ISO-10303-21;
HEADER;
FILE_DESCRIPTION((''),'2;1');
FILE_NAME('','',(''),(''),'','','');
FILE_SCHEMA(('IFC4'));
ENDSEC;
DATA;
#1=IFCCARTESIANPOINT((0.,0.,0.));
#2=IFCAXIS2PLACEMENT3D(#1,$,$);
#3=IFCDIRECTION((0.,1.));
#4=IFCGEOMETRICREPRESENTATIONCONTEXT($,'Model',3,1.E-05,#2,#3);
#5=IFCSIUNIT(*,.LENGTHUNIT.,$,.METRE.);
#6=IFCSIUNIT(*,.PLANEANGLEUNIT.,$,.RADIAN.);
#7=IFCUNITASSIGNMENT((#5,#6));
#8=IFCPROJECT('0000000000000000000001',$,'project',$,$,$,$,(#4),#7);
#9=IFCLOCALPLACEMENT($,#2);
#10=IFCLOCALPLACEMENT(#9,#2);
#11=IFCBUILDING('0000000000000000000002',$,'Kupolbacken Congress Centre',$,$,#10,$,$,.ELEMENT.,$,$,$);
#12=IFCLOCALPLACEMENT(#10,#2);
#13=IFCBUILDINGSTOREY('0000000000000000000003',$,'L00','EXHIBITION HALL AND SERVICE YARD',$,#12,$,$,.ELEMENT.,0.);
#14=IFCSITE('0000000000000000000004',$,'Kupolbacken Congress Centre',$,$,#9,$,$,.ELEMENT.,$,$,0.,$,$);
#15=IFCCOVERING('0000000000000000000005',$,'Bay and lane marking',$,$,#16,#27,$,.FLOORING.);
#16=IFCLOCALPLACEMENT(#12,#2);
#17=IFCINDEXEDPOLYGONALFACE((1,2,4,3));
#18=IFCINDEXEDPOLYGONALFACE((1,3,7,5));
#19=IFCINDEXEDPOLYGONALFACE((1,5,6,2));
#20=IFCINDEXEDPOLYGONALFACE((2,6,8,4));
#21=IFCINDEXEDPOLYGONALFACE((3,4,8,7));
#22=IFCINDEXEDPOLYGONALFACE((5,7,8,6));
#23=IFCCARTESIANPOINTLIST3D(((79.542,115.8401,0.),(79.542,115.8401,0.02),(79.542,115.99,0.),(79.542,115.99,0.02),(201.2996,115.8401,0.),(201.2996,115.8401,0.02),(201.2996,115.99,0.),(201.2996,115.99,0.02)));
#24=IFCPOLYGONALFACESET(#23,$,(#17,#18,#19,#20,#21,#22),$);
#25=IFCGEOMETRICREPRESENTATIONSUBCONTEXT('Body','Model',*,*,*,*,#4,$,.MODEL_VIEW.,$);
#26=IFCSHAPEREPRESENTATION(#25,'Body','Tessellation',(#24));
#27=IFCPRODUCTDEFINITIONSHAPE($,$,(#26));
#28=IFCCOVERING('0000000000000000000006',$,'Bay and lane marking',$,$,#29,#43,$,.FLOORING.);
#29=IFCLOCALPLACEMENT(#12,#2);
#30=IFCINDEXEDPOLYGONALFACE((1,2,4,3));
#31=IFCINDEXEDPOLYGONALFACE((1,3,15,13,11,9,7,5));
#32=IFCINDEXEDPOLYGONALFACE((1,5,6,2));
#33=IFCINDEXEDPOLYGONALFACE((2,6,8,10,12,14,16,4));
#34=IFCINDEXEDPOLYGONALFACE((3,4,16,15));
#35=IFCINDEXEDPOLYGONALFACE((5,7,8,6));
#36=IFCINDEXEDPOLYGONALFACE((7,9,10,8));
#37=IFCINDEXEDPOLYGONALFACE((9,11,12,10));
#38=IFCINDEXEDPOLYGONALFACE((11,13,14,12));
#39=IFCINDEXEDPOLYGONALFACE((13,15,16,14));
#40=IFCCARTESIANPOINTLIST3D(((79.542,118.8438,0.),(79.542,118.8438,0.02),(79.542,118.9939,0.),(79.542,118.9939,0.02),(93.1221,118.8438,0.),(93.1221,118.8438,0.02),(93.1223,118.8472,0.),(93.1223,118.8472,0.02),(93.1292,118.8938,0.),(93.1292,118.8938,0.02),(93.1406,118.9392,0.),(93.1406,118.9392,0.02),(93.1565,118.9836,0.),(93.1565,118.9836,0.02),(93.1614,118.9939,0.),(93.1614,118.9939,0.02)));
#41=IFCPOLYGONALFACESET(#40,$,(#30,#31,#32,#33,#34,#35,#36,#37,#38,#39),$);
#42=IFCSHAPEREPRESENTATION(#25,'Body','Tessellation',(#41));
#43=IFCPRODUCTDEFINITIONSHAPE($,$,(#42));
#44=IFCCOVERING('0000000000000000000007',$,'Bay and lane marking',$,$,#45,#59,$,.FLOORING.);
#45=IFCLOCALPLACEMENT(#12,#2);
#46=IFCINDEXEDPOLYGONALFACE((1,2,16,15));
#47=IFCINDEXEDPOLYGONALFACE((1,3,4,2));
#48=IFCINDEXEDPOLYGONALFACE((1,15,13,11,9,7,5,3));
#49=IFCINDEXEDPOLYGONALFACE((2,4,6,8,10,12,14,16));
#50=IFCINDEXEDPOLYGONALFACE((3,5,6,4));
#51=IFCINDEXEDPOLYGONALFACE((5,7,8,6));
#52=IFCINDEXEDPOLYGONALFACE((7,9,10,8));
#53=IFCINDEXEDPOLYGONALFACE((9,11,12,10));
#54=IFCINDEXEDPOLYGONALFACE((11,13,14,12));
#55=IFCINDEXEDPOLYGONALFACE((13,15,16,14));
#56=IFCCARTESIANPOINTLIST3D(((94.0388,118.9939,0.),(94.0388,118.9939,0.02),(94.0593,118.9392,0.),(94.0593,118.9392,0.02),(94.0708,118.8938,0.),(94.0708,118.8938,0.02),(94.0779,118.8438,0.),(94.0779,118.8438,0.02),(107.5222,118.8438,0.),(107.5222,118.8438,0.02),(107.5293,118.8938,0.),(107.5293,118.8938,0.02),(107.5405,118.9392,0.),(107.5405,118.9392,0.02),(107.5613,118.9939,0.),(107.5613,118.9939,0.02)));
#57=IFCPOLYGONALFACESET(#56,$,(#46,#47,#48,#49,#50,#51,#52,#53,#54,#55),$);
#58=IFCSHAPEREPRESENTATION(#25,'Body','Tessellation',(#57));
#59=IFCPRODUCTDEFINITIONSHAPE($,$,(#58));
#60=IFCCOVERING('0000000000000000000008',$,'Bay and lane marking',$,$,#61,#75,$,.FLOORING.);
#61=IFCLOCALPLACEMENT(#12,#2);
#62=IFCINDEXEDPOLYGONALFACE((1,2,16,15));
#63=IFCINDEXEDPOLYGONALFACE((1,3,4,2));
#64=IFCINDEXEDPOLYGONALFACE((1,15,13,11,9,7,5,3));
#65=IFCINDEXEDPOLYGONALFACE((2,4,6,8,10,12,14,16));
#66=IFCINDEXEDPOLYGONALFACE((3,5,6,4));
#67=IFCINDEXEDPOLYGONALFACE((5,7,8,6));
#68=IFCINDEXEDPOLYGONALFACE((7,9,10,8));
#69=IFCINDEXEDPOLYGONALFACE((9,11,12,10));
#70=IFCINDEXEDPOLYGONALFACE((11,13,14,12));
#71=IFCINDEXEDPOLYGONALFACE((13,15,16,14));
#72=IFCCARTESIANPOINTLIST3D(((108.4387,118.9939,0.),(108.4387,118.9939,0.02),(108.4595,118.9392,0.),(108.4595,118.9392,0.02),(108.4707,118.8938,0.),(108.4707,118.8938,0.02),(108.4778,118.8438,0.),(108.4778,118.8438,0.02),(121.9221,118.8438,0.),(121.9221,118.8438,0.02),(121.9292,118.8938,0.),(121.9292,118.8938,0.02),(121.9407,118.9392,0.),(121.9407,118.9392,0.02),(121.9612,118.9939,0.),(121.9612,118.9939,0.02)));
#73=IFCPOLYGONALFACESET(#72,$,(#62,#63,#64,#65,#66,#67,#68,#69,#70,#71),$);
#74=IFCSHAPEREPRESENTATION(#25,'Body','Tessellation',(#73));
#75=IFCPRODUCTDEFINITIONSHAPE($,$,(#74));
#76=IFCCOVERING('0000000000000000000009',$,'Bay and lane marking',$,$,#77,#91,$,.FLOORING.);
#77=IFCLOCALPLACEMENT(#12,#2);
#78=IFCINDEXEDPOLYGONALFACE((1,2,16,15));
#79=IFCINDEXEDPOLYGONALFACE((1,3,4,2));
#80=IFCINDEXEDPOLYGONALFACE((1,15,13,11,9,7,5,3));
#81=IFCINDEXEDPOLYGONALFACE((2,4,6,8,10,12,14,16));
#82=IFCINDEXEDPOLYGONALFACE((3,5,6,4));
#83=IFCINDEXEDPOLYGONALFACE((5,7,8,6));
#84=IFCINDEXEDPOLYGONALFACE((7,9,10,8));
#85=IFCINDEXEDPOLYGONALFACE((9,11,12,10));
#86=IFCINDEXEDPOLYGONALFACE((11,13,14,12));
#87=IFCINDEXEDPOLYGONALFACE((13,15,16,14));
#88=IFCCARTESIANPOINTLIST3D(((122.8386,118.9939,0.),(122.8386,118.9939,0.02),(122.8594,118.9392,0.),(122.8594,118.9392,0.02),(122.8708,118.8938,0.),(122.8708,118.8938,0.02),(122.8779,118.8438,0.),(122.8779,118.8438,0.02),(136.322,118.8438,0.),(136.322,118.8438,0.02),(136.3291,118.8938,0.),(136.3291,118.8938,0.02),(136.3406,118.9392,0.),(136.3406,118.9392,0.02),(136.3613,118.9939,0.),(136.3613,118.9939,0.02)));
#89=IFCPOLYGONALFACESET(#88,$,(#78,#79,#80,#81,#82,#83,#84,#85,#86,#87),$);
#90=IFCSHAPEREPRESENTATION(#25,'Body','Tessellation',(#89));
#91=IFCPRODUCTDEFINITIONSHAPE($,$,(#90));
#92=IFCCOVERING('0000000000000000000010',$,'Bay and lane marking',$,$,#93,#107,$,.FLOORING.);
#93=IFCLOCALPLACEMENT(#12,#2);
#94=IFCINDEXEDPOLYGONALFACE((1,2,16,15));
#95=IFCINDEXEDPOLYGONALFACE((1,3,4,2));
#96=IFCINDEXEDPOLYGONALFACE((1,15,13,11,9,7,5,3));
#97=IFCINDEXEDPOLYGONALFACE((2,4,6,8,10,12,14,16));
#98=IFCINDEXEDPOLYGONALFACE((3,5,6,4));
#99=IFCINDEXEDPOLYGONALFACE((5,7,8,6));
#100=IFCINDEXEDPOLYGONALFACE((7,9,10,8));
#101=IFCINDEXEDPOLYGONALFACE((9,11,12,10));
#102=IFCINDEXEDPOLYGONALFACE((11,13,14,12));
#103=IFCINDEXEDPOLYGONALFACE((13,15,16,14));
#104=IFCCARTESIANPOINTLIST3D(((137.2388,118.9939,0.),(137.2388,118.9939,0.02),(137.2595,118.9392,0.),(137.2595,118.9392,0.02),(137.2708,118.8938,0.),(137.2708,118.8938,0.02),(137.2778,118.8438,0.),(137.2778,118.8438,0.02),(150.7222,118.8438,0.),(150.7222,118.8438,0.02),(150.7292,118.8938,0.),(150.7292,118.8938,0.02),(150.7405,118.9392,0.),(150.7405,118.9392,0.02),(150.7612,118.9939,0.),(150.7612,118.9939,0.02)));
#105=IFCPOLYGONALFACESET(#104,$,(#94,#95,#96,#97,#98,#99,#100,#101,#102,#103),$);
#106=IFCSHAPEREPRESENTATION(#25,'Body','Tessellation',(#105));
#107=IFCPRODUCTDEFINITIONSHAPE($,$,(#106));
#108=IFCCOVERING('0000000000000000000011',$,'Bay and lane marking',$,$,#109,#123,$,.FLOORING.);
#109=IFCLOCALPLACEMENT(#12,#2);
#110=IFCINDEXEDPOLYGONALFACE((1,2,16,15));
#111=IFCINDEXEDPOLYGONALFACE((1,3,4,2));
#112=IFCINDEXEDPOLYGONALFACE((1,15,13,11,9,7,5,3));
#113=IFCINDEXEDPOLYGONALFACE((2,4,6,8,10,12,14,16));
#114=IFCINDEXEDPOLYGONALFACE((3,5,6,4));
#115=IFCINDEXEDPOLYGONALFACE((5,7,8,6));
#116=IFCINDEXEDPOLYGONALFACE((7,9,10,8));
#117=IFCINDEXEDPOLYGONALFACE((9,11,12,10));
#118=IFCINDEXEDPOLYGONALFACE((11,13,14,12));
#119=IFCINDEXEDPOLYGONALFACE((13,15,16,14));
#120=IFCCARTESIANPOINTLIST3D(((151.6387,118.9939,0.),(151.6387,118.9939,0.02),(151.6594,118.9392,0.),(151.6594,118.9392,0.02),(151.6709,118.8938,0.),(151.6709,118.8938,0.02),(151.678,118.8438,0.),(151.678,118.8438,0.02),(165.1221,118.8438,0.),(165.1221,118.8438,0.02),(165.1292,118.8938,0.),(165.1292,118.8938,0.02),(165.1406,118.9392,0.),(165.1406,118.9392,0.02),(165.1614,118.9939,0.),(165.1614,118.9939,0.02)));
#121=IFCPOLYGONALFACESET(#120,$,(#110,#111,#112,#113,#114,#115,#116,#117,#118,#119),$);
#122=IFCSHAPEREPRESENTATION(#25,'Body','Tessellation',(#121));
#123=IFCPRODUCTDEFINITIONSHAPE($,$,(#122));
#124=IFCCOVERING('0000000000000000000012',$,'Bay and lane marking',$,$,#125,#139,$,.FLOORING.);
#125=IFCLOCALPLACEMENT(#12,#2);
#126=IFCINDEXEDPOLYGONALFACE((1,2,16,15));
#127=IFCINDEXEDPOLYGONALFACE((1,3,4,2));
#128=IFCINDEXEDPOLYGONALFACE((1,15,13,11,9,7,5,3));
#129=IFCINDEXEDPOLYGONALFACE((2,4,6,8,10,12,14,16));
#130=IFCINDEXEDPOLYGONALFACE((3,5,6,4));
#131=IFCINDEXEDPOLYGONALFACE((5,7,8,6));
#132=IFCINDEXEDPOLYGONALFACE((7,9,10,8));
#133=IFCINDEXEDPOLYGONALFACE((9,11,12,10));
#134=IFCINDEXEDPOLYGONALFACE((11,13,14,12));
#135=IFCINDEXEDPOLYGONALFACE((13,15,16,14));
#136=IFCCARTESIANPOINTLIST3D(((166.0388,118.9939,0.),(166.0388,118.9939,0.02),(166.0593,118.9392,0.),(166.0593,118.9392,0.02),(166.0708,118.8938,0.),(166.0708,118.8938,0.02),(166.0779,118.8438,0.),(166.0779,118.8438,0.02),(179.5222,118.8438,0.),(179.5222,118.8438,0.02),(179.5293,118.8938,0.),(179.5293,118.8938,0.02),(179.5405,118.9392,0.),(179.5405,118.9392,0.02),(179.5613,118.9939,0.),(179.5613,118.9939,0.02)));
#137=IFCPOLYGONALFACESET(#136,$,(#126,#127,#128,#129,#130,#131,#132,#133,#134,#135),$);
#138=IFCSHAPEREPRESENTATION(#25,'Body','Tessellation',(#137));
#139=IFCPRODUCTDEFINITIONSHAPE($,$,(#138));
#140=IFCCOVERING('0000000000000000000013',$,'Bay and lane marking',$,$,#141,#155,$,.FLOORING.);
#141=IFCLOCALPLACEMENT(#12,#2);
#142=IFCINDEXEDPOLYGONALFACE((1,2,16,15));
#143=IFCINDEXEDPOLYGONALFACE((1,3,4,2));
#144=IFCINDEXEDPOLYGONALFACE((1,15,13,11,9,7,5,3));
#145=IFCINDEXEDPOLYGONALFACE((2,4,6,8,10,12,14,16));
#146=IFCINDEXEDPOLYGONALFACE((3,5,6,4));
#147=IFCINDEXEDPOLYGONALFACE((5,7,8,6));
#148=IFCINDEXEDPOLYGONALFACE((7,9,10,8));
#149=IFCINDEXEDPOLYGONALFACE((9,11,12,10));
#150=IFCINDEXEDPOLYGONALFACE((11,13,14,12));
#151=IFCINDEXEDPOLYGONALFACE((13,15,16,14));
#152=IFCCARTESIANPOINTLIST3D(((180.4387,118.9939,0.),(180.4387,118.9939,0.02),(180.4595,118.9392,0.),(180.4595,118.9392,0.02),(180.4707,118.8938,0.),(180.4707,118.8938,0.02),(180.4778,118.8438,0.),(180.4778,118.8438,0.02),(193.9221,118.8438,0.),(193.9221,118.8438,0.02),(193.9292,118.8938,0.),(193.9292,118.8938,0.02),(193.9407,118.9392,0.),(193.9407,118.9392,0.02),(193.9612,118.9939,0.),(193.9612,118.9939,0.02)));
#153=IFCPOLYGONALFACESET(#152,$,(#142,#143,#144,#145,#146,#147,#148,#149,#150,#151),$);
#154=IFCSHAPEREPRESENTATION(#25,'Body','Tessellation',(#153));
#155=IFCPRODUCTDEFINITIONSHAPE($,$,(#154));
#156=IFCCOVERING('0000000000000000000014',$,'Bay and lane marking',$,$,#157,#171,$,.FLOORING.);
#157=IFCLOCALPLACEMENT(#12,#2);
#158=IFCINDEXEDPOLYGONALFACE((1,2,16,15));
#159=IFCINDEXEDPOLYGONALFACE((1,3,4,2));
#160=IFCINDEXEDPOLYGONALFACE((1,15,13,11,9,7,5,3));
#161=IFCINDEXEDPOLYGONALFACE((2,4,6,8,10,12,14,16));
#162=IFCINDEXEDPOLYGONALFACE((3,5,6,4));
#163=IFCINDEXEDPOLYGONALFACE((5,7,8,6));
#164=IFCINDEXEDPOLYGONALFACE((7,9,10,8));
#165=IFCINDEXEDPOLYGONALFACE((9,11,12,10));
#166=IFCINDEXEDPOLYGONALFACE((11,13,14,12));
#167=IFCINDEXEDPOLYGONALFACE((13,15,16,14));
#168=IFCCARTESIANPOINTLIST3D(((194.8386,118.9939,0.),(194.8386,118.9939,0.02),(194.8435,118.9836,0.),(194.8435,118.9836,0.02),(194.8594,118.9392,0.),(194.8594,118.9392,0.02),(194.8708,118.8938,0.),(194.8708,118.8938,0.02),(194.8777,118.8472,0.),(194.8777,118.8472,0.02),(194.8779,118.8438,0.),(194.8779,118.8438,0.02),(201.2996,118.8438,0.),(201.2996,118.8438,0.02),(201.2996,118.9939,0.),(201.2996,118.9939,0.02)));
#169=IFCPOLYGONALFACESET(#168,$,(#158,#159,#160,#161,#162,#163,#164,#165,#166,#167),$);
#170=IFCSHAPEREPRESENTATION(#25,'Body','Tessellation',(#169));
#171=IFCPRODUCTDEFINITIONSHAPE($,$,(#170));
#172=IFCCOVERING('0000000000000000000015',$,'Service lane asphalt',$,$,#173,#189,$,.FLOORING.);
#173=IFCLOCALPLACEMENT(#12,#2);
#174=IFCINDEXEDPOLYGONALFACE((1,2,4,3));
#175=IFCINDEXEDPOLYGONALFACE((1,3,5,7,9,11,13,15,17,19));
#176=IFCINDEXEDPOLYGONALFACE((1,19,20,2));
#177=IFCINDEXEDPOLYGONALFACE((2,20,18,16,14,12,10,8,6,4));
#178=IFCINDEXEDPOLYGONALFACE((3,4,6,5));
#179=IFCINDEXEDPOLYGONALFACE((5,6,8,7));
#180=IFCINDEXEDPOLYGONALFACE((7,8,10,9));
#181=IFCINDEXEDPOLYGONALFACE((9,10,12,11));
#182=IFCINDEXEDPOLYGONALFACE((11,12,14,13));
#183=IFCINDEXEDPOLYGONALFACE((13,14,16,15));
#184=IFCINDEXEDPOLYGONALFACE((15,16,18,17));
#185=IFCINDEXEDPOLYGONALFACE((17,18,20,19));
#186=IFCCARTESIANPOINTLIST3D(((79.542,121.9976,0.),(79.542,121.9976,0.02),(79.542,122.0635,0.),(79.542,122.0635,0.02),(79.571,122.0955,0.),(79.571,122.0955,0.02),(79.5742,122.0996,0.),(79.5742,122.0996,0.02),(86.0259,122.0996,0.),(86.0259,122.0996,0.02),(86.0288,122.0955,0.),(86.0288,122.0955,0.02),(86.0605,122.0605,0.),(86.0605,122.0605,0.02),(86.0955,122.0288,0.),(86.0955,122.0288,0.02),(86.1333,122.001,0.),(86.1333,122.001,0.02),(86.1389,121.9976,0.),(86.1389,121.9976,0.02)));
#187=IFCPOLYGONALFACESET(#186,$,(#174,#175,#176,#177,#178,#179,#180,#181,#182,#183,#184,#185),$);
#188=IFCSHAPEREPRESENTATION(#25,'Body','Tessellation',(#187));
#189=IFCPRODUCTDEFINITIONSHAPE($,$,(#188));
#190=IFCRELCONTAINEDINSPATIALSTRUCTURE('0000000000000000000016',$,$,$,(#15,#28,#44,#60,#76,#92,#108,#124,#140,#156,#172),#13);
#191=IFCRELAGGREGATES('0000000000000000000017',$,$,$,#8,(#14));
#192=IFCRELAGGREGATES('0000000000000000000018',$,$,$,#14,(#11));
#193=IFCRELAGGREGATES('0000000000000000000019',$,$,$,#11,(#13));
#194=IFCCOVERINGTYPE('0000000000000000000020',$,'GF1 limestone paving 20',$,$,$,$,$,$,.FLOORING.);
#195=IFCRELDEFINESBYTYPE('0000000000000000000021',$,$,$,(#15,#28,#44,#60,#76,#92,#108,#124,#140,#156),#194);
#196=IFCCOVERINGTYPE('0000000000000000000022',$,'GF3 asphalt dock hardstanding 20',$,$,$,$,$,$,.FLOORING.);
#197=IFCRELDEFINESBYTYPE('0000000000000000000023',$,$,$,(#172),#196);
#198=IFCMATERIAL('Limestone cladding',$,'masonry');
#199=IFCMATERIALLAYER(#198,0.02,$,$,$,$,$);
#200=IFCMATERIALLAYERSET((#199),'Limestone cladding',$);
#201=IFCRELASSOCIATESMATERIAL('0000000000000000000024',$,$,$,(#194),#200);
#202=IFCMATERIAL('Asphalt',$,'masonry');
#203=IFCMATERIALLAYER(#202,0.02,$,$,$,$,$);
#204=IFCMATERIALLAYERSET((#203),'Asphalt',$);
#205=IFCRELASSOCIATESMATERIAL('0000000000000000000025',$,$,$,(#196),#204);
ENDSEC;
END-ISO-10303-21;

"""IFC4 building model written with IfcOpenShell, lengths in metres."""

from ifc_helpers import new_model, si_unit, direction, origin, place, context, subcontext, project, spatial, polyline, outline, extrude, material, layer, layer_set, type_object, element, save


model = new_model("IFC4")

# Units and contexts
model_context = context("Model", 3, precision=1e-05, world=origin(), true_north=direction((0.0, 1.0)))
body_context = subcontext(model_context, "Body", "Model", "MODEL_VIEW")
ifc_project = project(units=[si_unit("LENGTHUNIT", "METRE"), si_unit("PLANEANGLEUNIT", "RADIAN")], contexts=[model_context])

# Site, building, storey
site_placement = place(None, origin())
site = spatial("IfcSite", under=ifc_project, at=site_placement, Name="Kupolbacken Congress Centre", CompositionType="ELEMENT", RefElevation=0.0)
building_placement = place(site_placement, origin())
building = spatial("IfcBuilding", under=site, at=building_placement, Name="Kupolbacken Congress Centre", CompositionType="ELEMENT")
storey_placement = place(building_placement, origin())
storey = spatial("IfcBuildingStorey", under=building, at=storey_placement, Name="L00", Description="EXHIBITION HALL AND SERVICE YARD", CompositionType="ELEMENT", Elevation=0.0)

# Coverings
ifc_material_1 = material(Name="Limestone cladding", Category="masonry")
ifc_layer_1 = layer(ifc_material_1, 0.02)
ifc_layer_set_1 = layer_set([ifc_layer_1], Name="Limestone cladding")
covering_type_1 = type_object("IfcCoveringType", Name="GF1 limestone paving 20", PredefinedType="FLOORING", material=ifc_layer_set_1)
covering_1_placement = place(storey_placement, origin())
element("IfcCovering", 1, at=covering_1_placement, inside=storey, type_object=covering_type_1, Name="Bay and lane marking", PredefinedType="FLOORING", context=body_context, shape_type="SweptSolid", body=[
    extrude(outline(polyline([(79.542, 115.99), (201.2996, 115.99), (201.2996, 115.8401), (79.542, 115.8401), (79.542, 115.99)])), origin(), (0.0, 0.0, 1.0), 0.02),
])
covering_2_placement = place(storey_placement, origin())
element("IfcCovering", 2, at=covering_2_placement, inside=storey, type_object=covering_type_1, Name="Bay and lane marking", PredefinedType="FLOORING", context=body_context, shape_type="SweptSolid", body=[
    extrude(outline(polyline([(93.1614, 118.9939), (93.1565, 118.9836), (93.1406, 118.9392), (93.1292, 118.8938), (93.1223, 118.8472), (93.1221, 118.8438), (79.542, 118.8438), (79.542, 118.9939), (93.1614, 118.9939)])), origin(), (0.0, 0.0, 1.0), 0.02),
])
covering_3_placement = place(storey_placement, origin())
element("IfcCovering", 3, at=covering_3_placement, inside=storey, type_object=covering_type_1, Name="Bay and lane marking", PredefinedType="FLOORING", context=body_context, shape_type="SweptSolid", body=[
    extrude(outline(polyline([(107.5613, 118.9939), (107.5405, 118.9392), (107.5293, 118.8938), (107.5222, 118.8438), (94.0779, 118.8438), (94.0708, 118.8938), (94.0593, 118.9392), (94.0388, 118.9939), (107.5613, 118.9939)])), origin(), (0.0, 0.0, 1.0), 0.02),
])
covering_4_placement = place(storey_placement, origin())
element("IfcCovering", 4, at=covering_4_placement, inside=storey, type_object=covering_type_1, Name="Bay and lane marking", PredefinedType="FLOORING", context=body_context, shape_type="SweptSolid", body=[
    extrude(outline(polyline([(121.9612, 118.9939), (121.9407, 118.9392), (121.9292, 118.8938), (121.9221, 118.8438), (108.4778, 118.8438), (108.4707, 118.8938), (108.4595, 118.9392), (108.4387, 118.9939), (121.9612, 118.9939)])), origin(), (0.0, 0.0, 1.0), 0.02),
])
covering_5_placement = place(storey_placement, origin())
element("IfcCovering", 5, at=covering_5_placement, inside=storey, type_object=covering_type_1, Name="Bay and lane marking", PredefinedType="FLOORING", context=body_context, shape_type="SweptSolid", body=[
    extrude(outline(polyline([(136.3613, 118.9939), (136.3406, 118.9392), (136.3291, 118.8938), (136.322, 118.8438), (122.8779, 118.8438), (122.8708, 118.8938), (122.8594, 118.9392), (122.8386, 118.9939), (136.3613, 118.9939)])), origin(), (0.0, 0.0, 1.0), 0.02),
])
covering_6_placement = place(storey_placement, origin())
element("IfcCovering", 6, at=covering_6_placement, inside=storey, type_object=covering_type_1, Name="Bay and lane marking", PredefinedType="FLOORING", context=body_context, shape_type="SweptSolid", body=[
    extrude(outline(polyline([(150.7612, 118.9939), (150.7405, 118.9392), (150.7292, 118.8938), (150.7222, 118.8438), (137.2778, 118.8438), (137.2708, 118.8938), (137.2595, 118.9392), (137.2388, 118.9939), (150.7612, 118.9939)])), origin(), (0.0, 0.0, 1.0), 0.02),
])
covering_7_placement = place(storey_placement, origin())
element("IfcCovering", 7, at=covering_7_placement, inside=storey, type_object=covering_type_1, Name="Bay and lane marking", PredefinedType="FLOORING", context=body_context, shape_type="SweptSolid", body=[
    extrude(outline(polyline([(165.1614, 118.9939), (165.1406, 118.9392), (165.1292, 118.8938), (165.1221, 118.8438), (151.678, 118.8438), (151.6709, 118.8938), (151.6594, 118.9392), (151.6387, 118.9939), (165.1614, 118.9939)])), origin(), (0.0, 0.0, 1.0), 0.02),
])
covering_8_placement = place(storey_placement, origin())
element("IfcCovering", 8, at=covering_8_placement, inside=storey, type_object=covering_type_1, Name="Bay and lane marking", PredefinedType="FLOORING", context=body_context, shape_type="SweptSolid", body=[
    extrude(outline(polyline([(179.5613, 118.9939), (179.5405, 118.9392), (179.5293, 118.8938), (179.5222, 118.8438), (166.0779, 118.8438), (166.0708, 118.8938), (166.0593, 118.9392), (166.0388, 118.9939), (179.5613, 118.9939)])), origin(), (0.0, 0.0, 1.0), 0.02),
])
covering_9_placement = place(storey_placement, origin())
element("IfcCovering", 9, at=covering_9_placement, inside=storey, type_object=covering_type_1, Name="Bay and lane marking", PredefinedType="FLOORING", context=body_context, shape_type="SweptSolid", body=[
    extrude(outline(polyline([(193.9612, 118.9939), (193.9407, 118.9392), (193.9292, 118.8938), (193.9221, 118.8438), (180.4778, 118.8438), (180.4707, 118.8938), (180.4595, 118.9392), (180.4387, 118.9939), (193.9612, 118.9939)])), origin(), (0.0, 0.0, 1.0), 0.02),
])
covering_10_placement = place(storey_placement, origin())
element("IfcCovering", 10, at=covering_10_placement, inside=storey, type_object=covering_type_1, Name="Bay and lane marking", PredefinedType="FLOORING", context=body_context, shape_type="SweptSolid", body=[
    extrude(outline(polyline([(201.2996, 118.9939), (201.2996, 118.8438), (194.8779, 118.8438), (194.8777, 118.8472), (194.8708, 118.8938), (194.8594, 118.9392), (194.8435, 118.9836), (194.8386, 118.9939), (201.2996, 118.9939)])), origin(), (0.0, 0.0, 1.0), 0.02),
])
ifc_material_2 = material(Name="Asphalt", Category="masonry")
ifc_layer_2 = layer(ifc_material_2, 0.02)
ifc_layer_set_2 = layer_set([ifc_layer_2], Name="Asphalt")
covering_type_2 = type_object("IfcCoveringType", Name="GF3 asphalt dock hardstanding 20", PredefinedType="FLOORING", material=ifc_layer_set_2)
covering_11_placement = place(storey_placement, origin())
element("IfcCovering", 11, at=covering_11_placement, inside=storey, type_object=covering_type_2, Name="Service lane asphalt", PredefinedType="FLOORING", context=body_context, shape_type="SweptSolid", body=[
    extrude(outline(polyline([(86.0605, 122.0605), (86.0955, 122.0288), (86.1333, 122.001), (86.1736, 121.9766), (86.1389, 121.9976), (79.542, 121.9976), (79.542, 122.0635), (79.571, 122.0955), (79.5742, 122.0996), (86.0259, 122.0996), (86.0288, 122.0955), (86.0605, 122.0605)])), origin(), (0.0, 0.0, 1.0), 0.02),
])

save(model, "model.ifc")
